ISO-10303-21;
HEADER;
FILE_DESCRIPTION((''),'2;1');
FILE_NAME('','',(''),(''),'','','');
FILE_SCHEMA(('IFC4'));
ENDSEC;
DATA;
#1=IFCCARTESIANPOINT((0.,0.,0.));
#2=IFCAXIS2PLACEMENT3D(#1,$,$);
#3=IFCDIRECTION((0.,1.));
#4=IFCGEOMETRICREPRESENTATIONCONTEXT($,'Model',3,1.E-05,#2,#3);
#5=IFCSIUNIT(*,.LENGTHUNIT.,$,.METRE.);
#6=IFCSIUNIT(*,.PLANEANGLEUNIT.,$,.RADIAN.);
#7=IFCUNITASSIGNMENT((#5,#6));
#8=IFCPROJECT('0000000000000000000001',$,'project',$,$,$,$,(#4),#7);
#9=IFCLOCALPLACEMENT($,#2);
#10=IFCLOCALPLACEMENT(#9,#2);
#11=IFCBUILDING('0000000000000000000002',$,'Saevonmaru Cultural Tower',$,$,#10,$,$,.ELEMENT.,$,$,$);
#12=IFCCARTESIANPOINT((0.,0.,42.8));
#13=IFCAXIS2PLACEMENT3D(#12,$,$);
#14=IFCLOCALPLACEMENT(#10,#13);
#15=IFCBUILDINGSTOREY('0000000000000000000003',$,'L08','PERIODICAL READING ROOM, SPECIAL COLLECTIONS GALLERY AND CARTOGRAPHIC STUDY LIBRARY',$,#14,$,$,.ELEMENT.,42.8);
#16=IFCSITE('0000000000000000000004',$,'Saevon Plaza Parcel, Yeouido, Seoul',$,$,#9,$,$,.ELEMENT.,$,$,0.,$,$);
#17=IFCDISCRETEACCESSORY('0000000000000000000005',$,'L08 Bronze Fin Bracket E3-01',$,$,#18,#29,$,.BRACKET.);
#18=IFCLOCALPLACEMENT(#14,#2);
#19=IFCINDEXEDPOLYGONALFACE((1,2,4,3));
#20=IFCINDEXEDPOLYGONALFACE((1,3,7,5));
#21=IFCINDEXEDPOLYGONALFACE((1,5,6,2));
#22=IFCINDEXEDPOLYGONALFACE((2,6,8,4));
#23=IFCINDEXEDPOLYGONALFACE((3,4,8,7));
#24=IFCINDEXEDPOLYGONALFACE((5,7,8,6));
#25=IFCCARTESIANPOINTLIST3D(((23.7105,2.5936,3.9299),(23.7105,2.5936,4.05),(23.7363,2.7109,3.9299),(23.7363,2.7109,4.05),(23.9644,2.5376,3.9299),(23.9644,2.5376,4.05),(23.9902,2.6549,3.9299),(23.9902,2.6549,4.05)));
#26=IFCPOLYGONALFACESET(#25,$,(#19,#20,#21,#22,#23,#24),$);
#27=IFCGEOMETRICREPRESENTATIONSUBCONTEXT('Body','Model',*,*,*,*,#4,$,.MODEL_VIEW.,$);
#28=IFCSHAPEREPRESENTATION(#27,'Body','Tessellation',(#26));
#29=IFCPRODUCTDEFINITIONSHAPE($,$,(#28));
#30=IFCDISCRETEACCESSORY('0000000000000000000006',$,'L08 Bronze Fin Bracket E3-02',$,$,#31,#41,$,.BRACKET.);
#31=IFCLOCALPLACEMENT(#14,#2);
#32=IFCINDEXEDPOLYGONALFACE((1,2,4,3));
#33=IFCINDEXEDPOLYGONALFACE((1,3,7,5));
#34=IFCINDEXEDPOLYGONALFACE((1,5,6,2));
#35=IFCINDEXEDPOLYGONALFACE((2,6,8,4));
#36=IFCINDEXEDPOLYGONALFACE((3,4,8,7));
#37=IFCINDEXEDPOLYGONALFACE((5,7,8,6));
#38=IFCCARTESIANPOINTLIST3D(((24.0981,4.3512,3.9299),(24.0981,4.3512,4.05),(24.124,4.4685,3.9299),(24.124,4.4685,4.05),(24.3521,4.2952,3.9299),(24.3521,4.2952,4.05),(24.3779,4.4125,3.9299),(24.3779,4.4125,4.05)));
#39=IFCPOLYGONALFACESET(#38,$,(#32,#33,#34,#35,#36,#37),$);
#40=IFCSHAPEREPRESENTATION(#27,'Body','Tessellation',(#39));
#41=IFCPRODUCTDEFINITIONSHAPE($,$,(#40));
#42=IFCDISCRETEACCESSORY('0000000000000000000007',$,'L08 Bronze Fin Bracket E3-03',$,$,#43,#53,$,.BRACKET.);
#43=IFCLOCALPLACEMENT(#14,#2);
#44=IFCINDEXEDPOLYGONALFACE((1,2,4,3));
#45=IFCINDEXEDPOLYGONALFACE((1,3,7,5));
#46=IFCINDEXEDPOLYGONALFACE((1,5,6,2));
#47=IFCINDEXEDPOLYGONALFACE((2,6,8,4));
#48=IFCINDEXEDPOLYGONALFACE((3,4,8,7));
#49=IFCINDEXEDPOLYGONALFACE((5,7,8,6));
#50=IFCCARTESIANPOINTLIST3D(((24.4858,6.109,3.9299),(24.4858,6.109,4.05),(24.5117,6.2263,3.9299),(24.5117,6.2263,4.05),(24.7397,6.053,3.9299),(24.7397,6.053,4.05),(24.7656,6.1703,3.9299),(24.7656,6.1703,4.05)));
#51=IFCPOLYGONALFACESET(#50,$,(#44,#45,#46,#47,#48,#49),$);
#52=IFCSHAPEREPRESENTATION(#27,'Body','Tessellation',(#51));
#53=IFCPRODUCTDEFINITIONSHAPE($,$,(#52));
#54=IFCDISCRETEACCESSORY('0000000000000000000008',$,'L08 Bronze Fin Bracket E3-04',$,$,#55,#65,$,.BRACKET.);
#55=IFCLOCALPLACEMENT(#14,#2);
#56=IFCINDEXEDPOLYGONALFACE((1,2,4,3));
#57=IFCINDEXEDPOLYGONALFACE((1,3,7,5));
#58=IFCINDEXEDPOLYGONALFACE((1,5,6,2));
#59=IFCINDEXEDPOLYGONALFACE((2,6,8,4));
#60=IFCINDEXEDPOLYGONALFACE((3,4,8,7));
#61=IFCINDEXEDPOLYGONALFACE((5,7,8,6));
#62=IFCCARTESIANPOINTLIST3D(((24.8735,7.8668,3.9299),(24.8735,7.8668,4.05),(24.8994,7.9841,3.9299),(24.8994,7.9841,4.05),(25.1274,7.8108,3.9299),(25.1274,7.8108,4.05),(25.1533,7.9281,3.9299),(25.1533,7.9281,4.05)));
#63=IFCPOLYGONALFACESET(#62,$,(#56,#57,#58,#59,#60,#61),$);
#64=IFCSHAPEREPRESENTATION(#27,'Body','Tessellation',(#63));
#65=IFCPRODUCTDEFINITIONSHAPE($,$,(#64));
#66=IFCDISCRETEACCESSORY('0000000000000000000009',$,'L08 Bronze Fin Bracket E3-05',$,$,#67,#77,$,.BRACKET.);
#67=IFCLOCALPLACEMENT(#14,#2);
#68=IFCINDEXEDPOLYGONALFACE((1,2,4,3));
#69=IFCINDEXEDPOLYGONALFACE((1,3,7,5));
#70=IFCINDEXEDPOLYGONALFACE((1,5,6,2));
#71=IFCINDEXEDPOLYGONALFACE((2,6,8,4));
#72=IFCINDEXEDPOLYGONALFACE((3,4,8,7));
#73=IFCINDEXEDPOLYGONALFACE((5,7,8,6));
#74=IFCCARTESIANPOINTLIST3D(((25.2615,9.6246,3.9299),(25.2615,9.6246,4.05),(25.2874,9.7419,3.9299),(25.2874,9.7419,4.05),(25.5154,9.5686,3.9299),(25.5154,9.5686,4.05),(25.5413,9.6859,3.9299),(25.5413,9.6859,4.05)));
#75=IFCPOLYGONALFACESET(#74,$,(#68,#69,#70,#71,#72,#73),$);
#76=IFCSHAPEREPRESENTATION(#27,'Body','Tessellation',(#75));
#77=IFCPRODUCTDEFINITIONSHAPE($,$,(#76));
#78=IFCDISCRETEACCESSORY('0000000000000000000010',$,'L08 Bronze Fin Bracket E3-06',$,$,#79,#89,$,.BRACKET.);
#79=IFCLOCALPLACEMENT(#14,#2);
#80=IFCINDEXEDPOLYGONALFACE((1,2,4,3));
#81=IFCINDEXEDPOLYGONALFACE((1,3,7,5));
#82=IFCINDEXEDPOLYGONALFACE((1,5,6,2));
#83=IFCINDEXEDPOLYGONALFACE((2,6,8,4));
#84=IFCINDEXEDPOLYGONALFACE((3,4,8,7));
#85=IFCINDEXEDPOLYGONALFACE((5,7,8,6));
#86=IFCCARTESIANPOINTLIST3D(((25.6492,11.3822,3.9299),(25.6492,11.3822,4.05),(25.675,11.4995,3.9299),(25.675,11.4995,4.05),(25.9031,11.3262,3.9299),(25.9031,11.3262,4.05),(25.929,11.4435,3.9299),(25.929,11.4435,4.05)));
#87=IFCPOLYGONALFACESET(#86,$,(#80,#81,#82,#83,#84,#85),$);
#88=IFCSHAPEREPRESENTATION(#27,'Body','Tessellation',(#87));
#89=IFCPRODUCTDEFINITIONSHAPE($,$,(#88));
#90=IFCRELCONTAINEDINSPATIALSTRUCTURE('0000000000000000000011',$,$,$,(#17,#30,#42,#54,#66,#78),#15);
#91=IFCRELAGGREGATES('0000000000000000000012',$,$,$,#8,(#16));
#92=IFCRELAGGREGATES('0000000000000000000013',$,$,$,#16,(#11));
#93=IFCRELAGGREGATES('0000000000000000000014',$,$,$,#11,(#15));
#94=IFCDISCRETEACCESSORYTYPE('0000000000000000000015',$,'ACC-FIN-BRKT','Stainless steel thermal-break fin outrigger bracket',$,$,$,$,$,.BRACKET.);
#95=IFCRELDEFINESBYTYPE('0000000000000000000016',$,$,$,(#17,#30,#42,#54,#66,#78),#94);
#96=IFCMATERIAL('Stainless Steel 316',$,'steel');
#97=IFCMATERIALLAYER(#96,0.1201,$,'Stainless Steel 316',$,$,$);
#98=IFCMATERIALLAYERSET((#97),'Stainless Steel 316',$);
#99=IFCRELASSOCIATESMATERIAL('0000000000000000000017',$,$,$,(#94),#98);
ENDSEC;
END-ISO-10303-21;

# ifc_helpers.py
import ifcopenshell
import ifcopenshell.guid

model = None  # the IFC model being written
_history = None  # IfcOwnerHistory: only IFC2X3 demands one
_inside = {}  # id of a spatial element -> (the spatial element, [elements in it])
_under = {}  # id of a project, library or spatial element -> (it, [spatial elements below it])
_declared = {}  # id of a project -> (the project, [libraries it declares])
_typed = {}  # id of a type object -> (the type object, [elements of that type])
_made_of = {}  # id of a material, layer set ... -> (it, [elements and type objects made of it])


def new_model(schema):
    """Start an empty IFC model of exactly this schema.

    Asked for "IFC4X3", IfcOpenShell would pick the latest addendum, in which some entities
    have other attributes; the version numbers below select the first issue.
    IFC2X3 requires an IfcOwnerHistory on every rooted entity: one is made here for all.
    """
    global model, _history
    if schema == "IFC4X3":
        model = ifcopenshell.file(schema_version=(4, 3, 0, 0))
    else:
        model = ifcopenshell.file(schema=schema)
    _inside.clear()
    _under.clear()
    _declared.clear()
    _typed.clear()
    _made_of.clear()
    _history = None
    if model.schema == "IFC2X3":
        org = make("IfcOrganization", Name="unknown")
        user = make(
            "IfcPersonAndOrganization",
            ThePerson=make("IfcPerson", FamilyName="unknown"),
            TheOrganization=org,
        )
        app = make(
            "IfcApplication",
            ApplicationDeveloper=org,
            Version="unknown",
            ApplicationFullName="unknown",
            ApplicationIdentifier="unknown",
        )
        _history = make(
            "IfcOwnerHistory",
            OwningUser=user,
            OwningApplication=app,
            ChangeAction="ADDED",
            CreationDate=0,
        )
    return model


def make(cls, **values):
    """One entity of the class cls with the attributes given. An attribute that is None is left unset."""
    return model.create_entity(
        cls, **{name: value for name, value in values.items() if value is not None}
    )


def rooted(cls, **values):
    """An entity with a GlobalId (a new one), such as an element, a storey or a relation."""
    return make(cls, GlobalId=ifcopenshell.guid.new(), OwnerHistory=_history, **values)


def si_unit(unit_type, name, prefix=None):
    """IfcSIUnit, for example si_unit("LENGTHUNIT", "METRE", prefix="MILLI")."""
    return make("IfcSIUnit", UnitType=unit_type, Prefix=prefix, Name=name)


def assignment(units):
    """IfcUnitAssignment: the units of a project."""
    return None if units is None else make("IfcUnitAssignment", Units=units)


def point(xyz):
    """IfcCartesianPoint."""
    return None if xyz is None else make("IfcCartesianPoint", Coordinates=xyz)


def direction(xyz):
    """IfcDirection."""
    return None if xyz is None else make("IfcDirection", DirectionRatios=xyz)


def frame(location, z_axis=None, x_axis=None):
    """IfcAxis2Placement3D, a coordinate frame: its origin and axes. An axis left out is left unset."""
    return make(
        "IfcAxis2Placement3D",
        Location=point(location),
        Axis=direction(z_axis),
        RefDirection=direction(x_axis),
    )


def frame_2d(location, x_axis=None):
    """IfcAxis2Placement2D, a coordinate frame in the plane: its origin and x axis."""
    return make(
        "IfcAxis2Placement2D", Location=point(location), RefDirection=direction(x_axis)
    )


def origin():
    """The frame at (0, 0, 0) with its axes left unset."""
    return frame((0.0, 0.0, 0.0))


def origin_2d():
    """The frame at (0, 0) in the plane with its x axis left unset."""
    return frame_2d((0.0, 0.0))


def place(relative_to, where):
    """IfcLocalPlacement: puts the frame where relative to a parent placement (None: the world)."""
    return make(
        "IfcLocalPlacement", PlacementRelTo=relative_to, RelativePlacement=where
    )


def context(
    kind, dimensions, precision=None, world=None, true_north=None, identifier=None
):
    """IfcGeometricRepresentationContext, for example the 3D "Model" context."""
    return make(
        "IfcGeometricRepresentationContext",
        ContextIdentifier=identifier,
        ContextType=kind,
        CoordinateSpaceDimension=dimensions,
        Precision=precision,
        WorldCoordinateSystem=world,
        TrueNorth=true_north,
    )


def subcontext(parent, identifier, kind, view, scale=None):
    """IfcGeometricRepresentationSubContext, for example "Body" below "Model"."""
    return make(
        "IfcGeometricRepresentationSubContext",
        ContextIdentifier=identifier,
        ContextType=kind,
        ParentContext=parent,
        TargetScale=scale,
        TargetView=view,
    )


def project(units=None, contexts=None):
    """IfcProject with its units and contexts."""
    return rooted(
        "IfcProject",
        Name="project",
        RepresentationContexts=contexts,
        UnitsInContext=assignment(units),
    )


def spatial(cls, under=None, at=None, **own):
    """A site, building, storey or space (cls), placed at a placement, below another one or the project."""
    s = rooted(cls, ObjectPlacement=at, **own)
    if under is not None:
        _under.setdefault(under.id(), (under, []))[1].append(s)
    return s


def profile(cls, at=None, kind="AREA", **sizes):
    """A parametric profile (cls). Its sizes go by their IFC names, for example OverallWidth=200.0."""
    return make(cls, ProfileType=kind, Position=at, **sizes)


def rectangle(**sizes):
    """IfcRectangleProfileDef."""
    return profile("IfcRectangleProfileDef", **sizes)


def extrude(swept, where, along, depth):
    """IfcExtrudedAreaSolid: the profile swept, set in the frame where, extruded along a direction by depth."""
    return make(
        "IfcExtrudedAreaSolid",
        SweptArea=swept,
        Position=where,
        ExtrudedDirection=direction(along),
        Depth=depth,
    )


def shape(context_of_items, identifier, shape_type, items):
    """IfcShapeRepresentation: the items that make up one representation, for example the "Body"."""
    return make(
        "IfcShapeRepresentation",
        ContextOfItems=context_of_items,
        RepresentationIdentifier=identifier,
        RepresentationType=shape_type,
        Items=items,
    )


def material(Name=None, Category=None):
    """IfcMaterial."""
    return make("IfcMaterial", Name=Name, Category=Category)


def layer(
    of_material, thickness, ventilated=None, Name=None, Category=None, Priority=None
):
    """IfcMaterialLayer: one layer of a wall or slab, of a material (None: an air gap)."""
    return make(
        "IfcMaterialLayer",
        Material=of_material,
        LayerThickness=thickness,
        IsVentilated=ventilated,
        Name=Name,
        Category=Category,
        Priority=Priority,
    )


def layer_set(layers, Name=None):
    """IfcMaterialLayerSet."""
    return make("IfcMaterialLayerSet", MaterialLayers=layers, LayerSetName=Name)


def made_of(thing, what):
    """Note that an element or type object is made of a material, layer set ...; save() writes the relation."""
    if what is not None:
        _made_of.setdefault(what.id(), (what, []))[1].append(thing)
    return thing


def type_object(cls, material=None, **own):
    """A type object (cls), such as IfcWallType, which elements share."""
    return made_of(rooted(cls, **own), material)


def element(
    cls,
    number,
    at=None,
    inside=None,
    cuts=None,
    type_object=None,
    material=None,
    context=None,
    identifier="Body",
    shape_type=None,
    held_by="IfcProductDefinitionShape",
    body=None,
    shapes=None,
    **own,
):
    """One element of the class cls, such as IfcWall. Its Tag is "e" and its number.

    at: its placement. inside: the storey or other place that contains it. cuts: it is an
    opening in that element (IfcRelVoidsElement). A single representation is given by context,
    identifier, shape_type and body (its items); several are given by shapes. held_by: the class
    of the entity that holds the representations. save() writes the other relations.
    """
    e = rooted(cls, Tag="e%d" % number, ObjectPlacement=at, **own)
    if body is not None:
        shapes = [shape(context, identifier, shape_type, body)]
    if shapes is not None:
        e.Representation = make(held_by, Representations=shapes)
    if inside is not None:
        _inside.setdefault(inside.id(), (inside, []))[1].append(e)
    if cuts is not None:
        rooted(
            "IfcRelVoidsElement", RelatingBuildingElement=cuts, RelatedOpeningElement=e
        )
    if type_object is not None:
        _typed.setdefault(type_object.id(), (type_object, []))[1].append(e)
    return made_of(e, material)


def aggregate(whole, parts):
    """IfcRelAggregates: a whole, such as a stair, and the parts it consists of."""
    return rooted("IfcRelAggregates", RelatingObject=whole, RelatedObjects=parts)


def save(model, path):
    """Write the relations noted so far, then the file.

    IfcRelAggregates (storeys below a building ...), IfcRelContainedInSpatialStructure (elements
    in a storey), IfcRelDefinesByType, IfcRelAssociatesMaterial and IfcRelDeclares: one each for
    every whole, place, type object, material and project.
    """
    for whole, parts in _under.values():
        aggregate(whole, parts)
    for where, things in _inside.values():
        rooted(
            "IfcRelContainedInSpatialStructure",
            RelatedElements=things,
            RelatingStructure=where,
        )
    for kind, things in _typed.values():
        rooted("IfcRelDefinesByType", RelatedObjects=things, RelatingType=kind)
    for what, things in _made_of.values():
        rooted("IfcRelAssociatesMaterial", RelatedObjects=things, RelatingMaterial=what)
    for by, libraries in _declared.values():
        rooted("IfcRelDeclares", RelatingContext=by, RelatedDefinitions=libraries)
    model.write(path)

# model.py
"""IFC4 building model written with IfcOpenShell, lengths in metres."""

from ifc_helpers import new_model, si_unit, direction, frame, origin, origin_2d, place, context, subcontext, project, spatial, rectangle, extrude, material, layer, layer_set, type_object, element, save


model = new_model("IFC4")

# Units and contexts
model_context = context("Model", 3, precision=1e-05, world=origin(), true_north=direction((0.0, 1.0)))
body_context = subcontext(model_context, "Body", "Model", "MODEL_VIEW")
ifc_project = project(units=[si_unit("LENGTHUNIT", "METRE"), si_unit("PLANEANGLEUNIT", "RADIAN")], contexts=[model_context])

# Site, building, storey
site_placement = place(None, origin())
site = spatial("IfcSite", under=ifc_project, at=site_placement, Name="Saevon Plaza Parcel, Yeouido, Seoul", CompositionType="ELEMENT", RefElevation=0.0)
building_placement = place(site_placement, origin())
building = spatial("IfcBuilding", under=site, at=building_placement, Name="Saevonmaru Cultural Tower", CompositionType="ELEMENT")
storey_placement = place(building_placement, frame((0.0, 0.0, 42.8)))
storey = spatial("IfcBuildingStorey", under=building, at=storey_placement, Name="L08", Description="PERIODICAL READING ROOM, SPECIAL COLLECTIONS GALLERY AND CARTOGRAPHIC STUDY LIBRARY", CompositionType="ELEMENT", Elevation=42.8)

# Discrete accessories
ifc_material_1 = material(Name="Stainless Steel 316", Category="steel")
ifc_layer_1 = layer(ifc_material_1, 0.1201, Name="Stainless Steel 316")
ifc_layer_set_1 = layer_set([ifc_layer_1], Name="Stainless Steel 316")
discrete_accessory_type = type_object("IfcDiscreteAccessoryType", Name="ACC-FIN-BRKT", Description="Stainless steel thermal-break fin outrigger bracket", PredefinedType="BRACKET", material=ifc_layer_set_1)
for number, where, z_axis, x_axis, name in (
    (1, (23.8503, 2.6243, 3.9299), (0.0, 0.0, 1.0), (0.976522, -0.215417, 0.0), "L08 Bronze Fin Bracket E3-01"),
    (2, (24.238, 4.3818, 3.9299), (0.0, 0.0, 1.0), (0.976522, -0.215417, 0.0), "L08 Bronze Fin Bracket E3-02"),
    (3, (24.6257, 6.1396, 3.9299), (0.0, 0.0, 1.0), (0.976522, -0.215417, 0.0), "L08 Bronze Fin Bracket E3-03"),
    (4, (25.0134, 7.8975, 3.9299), (0.0, 0.0, 1.0), (0.976522, -0.215417, 0.0), "L08 Bronze Fin Bracket E3-04"),
    (5, (25.4014, 9.6553, 3.9299), (0.0, 0.0, 1.0), (0.976522, -0.215417, 0.0), "L08 Bronze Fin Bracket E3-05"),
    (6, (25.7891, 11.4128, 3.9299), (0.0, 0.0, 1.0), (0.976522, -0.215417, 0.0), "L08 Bronze Fin Bracket E3-06"),
):
    element("IfcDiscreteAccessory", number, at=place(storey_placement, frame(where, z_axis=z_axis, x_axis=x_axis)), inside=storey, type_object=discrete_accessory_type, Name=name, PredefinedType="BRACKET", context=body_context, shape_type="SweptSolid", body=[
        extrude(rectangle(XDim=0.26, YDim=0.1201, at=origin_2d()), origin(), (0.0, 0.0, 1.0), 0.1201),
    ])

save(model, "model.ifc")
